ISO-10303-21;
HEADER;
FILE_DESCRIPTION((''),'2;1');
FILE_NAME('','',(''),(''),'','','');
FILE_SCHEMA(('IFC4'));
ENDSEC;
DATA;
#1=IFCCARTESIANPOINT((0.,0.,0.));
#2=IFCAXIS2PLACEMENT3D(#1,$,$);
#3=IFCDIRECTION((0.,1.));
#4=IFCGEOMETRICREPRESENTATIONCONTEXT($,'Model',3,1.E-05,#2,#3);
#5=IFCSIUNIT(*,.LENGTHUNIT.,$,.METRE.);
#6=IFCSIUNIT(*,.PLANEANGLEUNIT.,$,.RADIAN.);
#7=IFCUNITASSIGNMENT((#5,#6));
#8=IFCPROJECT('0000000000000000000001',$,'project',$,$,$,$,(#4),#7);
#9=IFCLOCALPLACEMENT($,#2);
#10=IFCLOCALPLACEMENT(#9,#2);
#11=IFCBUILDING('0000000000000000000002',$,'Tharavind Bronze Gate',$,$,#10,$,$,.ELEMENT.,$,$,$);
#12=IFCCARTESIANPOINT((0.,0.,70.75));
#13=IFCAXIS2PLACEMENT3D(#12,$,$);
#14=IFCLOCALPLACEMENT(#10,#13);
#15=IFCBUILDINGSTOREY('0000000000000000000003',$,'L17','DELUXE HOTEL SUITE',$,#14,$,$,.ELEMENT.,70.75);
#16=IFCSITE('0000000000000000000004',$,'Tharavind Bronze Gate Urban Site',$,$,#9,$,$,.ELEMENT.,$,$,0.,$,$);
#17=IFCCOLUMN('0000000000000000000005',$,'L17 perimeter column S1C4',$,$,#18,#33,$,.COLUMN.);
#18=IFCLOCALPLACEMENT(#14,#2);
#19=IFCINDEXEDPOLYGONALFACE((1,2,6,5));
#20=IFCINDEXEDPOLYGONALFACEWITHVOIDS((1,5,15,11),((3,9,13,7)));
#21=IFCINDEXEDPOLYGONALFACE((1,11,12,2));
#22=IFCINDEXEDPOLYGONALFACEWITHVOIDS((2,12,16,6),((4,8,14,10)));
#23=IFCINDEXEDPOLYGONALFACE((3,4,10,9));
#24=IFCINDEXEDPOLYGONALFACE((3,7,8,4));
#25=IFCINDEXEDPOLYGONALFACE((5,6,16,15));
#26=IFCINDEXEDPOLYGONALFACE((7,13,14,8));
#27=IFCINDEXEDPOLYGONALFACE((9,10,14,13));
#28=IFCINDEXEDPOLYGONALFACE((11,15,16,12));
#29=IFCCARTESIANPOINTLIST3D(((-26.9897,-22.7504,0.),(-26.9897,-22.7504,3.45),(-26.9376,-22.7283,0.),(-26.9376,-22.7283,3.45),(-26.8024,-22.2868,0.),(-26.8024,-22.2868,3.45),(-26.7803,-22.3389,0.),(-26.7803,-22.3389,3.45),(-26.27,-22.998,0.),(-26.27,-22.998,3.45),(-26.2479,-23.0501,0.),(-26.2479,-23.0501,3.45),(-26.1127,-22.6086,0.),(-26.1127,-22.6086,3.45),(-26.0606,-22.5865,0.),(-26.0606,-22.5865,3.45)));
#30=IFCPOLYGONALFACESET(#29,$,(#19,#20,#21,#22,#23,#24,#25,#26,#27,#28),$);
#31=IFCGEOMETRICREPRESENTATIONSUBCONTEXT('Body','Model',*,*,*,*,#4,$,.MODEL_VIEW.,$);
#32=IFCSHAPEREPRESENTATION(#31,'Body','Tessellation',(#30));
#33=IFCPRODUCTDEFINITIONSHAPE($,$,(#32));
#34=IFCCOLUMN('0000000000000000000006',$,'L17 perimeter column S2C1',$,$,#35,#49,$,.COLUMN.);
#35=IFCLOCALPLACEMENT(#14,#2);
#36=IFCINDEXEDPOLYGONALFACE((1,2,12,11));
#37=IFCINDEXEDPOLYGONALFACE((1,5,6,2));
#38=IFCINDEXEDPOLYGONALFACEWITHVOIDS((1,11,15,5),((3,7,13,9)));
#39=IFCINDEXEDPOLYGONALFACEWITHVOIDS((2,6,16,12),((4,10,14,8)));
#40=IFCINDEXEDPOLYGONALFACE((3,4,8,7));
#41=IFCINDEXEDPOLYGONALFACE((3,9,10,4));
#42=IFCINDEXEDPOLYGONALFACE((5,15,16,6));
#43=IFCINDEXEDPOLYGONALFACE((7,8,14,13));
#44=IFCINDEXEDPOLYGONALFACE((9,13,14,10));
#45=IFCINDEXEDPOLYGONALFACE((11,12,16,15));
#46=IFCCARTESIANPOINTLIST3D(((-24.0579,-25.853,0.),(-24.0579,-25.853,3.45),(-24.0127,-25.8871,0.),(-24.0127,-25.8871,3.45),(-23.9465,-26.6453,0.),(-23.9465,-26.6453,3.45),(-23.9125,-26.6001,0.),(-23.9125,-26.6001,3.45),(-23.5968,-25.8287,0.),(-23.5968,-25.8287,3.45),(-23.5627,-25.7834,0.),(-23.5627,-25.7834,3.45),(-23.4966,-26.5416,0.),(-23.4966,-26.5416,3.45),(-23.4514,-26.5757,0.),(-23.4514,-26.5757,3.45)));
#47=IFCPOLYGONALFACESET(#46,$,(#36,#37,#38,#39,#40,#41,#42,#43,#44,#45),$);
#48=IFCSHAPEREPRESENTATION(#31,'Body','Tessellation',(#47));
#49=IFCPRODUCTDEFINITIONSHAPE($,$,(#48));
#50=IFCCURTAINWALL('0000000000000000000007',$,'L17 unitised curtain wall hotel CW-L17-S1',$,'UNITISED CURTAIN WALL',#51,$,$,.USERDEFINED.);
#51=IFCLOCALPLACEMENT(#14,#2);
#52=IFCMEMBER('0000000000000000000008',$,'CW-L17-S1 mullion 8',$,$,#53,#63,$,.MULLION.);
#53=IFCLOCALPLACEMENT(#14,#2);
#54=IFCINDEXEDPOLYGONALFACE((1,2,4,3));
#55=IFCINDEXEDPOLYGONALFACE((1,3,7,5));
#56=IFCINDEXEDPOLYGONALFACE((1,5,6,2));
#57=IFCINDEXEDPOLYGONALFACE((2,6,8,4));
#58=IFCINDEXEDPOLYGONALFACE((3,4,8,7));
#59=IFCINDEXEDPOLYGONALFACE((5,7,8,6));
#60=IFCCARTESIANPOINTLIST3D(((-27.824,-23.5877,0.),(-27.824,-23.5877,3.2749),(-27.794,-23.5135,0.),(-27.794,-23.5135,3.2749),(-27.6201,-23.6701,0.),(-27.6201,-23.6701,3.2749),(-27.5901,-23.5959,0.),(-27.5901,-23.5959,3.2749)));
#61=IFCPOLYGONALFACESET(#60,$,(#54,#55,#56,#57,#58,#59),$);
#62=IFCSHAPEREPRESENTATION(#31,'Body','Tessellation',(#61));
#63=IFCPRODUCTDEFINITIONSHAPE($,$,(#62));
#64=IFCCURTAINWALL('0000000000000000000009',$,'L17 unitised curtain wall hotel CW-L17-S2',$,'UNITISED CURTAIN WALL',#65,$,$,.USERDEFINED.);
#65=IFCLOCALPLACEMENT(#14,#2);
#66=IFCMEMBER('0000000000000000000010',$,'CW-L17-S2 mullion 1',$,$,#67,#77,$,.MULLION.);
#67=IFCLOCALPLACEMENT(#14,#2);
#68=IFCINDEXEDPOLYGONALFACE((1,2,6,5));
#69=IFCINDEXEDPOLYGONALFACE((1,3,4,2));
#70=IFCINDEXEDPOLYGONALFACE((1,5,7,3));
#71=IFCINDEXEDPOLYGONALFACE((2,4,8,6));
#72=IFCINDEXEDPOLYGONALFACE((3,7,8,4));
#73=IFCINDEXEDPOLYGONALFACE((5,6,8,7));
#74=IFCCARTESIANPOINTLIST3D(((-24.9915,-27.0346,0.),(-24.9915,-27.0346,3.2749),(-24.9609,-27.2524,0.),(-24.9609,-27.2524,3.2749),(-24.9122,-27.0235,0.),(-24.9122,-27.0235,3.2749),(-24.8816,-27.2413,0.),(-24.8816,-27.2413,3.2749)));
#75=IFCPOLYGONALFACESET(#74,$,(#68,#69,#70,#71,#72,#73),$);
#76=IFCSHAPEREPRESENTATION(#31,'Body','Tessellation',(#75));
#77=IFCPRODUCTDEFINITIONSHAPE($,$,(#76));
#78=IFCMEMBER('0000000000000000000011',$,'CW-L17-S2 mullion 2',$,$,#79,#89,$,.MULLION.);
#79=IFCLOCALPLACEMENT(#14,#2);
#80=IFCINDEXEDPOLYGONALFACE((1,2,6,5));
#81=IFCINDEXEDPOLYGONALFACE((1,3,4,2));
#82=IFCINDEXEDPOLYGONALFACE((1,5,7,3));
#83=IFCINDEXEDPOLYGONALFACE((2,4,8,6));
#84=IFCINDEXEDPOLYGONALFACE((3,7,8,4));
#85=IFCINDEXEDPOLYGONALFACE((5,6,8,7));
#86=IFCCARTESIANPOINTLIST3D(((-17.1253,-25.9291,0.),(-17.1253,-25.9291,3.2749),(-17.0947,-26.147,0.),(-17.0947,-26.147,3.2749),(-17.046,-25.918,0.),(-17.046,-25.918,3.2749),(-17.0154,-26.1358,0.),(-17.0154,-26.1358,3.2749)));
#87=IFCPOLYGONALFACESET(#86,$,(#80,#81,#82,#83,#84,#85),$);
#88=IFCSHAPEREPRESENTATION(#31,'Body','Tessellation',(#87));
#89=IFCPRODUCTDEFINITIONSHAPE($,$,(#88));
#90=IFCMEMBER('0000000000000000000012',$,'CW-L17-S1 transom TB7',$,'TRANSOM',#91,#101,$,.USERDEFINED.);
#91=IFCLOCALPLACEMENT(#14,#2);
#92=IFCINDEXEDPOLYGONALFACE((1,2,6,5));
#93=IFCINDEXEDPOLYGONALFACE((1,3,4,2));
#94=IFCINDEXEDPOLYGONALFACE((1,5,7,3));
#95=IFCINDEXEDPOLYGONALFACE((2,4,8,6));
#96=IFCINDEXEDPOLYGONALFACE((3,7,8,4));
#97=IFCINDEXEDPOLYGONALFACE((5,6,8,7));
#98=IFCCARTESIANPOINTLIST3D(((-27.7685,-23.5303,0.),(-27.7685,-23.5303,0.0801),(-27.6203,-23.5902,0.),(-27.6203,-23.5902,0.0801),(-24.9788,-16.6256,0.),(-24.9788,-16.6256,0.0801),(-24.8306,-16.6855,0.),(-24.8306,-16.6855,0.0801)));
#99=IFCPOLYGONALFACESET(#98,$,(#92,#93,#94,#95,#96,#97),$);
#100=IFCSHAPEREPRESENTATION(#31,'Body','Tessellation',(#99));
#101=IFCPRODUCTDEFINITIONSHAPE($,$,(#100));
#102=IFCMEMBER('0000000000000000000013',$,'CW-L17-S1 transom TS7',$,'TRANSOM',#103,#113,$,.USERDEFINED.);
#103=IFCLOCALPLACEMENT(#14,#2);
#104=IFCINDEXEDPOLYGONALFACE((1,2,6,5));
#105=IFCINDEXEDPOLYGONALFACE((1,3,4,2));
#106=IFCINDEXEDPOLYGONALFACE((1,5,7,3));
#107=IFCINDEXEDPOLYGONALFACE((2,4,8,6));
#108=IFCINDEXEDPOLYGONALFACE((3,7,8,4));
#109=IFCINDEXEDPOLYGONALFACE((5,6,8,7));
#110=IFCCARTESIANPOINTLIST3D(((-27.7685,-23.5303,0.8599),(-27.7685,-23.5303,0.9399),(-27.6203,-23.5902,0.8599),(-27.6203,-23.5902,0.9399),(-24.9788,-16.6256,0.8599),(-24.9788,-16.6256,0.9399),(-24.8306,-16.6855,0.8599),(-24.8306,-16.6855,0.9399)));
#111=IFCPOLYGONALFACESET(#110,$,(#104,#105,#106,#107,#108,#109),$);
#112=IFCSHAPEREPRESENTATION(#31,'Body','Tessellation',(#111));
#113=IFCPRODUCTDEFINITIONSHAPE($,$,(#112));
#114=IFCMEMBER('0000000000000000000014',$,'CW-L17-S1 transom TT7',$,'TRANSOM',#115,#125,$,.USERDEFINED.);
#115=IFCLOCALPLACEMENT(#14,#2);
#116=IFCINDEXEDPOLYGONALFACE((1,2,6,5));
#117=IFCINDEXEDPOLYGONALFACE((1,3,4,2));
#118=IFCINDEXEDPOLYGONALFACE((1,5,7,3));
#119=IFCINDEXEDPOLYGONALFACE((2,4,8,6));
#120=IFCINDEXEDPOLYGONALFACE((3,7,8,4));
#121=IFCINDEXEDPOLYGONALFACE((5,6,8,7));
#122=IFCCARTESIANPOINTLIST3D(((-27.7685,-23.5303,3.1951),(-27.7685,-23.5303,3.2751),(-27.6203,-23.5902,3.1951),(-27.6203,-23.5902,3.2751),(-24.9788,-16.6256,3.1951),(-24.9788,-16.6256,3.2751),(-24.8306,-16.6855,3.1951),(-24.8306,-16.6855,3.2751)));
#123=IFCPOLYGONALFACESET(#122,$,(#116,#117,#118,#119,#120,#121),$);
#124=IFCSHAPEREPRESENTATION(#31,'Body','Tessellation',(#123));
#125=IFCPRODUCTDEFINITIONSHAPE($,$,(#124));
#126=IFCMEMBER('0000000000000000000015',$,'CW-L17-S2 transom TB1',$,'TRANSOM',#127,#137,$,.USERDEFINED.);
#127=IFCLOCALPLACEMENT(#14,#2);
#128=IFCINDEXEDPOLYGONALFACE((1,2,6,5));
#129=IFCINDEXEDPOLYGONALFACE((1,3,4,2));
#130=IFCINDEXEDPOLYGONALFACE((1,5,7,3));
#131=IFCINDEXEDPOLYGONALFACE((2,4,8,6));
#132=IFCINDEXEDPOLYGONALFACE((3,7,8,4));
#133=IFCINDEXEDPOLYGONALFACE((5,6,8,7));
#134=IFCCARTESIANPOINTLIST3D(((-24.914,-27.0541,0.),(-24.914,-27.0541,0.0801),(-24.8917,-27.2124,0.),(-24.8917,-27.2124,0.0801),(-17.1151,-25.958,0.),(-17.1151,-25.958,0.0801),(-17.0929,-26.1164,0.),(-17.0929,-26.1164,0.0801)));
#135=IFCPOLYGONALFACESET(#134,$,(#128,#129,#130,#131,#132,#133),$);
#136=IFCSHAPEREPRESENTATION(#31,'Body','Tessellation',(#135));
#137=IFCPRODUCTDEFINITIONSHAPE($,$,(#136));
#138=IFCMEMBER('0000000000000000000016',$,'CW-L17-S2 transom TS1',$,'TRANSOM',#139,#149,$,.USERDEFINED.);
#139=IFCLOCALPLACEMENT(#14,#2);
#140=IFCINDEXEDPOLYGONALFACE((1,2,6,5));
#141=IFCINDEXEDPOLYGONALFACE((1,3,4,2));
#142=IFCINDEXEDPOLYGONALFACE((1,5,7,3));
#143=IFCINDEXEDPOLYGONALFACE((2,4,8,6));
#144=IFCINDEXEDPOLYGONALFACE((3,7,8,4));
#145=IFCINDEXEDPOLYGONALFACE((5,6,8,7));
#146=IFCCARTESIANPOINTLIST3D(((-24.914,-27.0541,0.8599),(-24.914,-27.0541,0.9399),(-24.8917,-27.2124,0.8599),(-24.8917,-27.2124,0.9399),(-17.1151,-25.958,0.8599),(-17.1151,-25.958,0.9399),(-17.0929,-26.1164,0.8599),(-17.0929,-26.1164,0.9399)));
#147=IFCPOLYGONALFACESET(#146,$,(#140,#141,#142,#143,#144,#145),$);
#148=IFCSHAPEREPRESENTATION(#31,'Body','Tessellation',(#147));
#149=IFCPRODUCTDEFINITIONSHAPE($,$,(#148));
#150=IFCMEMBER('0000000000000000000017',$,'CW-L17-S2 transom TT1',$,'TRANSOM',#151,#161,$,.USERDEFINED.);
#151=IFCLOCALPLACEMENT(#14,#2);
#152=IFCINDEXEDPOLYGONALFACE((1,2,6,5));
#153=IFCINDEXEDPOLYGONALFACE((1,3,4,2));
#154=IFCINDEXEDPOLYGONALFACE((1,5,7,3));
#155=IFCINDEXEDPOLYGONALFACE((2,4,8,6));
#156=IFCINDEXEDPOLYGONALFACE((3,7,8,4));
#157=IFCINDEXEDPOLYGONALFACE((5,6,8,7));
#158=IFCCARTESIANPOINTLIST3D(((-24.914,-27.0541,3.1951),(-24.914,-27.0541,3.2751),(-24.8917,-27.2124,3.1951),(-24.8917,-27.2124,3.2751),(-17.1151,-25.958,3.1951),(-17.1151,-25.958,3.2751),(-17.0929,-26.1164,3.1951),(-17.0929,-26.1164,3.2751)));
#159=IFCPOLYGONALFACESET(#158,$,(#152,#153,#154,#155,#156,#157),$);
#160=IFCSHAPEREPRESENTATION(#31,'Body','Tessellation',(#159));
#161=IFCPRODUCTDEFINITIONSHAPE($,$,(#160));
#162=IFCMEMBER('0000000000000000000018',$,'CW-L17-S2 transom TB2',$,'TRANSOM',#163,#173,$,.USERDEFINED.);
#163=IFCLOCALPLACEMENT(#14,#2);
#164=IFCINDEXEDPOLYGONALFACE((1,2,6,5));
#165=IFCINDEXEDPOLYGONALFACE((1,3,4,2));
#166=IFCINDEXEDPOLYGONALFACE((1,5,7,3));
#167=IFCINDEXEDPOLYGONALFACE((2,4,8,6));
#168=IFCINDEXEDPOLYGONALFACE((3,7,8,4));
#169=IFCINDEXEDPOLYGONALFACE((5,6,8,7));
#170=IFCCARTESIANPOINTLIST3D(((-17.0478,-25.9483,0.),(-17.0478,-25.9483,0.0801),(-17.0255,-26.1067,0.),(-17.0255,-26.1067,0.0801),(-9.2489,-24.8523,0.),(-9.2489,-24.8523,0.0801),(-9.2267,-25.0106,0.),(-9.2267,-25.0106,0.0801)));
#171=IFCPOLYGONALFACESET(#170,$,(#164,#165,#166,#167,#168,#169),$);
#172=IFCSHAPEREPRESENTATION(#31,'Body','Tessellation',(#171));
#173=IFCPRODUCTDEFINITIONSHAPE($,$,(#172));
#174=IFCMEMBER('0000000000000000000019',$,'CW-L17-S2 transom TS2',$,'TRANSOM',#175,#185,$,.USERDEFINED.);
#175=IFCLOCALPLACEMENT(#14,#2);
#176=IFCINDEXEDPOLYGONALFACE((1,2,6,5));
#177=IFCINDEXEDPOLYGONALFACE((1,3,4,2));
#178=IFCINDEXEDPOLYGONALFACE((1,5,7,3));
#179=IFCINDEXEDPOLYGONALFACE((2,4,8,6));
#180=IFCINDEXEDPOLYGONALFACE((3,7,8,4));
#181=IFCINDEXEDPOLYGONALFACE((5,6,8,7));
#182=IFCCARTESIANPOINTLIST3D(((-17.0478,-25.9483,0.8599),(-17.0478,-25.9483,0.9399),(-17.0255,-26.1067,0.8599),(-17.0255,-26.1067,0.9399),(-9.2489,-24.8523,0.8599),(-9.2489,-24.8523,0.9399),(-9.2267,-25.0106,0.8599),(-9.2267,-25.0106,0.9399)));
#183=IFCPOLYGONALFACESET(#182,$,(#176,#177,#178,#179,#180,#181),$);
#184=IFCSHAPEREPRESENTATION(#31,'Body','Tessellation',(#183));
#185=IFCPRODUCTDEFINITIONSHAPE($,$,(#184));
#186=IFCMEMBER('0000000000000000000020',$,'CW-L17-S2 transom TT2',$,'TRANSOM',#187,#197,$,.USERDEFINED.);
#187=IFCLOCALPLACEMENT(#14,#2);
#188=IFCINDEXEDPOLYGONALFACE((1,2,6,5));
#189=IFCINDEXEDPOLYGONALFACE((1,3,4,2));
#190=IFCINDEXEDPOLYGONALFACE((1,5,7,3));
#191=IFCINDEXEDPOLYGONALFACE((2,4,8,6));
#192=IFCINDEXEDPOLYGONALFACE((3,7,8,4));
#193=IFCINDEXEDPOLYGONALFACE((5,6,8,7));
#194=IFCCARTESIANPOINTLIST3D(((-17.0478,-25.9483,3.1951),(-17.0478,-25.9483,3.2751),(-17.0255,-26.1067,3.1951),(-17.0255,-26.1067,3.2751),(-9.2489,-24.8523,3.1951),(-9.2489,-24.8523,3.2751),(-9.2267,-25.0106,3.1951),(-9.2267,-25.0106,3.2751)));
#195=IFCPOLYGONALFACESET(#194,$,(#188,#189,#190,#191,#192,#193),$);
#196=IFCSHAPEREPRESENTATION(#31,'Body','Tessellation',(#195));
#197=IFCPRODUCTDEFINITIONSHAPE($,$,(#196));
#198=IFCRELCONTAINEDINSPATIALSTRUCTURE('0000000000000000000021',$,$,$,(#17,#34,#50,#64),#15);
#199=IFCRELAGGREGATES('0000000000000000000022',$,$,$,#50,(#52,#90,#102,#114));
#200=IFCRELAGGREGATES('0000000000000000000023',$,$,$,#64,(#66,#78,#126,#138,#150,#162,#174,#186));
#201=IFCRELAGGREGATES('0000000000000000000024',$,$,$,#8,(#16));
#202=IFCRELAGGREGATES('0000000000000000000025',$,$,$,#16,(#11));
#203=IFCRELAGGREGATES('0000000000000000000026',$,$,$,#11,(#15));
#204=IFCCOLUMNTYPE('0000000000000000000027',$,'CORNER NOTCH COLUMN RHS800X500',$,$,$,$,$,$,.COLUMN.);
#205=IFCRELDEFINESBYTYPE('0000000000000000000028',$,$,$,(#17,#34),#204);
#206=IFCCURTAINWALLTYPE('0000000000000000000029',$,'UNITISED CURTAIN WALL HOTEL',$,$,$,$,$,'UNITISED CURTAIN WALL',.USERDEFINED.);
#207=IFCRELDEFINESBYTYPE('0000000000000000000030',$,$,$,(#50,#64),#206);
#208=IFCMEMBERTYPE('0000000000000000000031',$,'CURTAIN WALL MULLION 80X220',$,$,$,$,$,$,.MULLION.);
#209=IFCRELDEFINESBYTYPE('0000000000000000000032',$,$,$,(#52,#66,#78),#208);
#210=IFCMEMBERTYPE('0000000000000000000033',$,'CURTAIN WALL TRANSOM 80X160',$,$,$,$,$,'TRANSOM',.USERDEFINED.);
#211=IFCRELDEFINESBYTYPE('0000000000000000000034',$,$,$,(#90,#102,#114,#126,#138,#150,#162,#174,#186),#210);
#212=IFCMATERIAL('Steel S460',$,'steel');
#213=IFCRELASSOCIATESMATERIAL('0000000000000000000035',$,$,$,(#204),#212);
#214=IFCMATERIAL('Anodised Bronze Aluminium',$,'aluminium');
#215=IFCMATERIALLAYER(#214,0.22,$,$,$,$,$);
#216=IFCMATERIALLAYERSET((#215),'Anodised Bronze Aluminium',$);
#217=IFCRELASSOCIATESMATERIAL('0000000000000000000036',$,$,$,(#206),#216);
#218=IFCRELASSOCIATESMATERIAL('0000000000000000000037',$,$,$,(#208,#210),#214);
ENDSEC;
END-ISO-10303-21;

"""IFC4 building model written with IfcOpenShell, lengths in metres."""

from ifc_helpers import new_model, si_unit, direction, frame, origin, origin_2d, place, context, subcontext, project, spatial, rectangle, hollow_rectangle, extrude, material, layer, layer_set, material_profile, profile_set, type_object, element, aggregate, save


model = new_model("IFC4")

# Units and contexts
model_context = context("Model", 3, precision=1e-05, world=origin(), true_north=direction((0.0, 1.0)))
body_context = subcontext(model_context, "Body", "Model", "MODEL_VIEW")
ifc_project = project(units=[si_unit("LENGTHUNIT", "METRE"), si_unit("PLANEANGLEUNIT", "RADIAN")], contexts=[model_context])

# Site, building, storey
site_placement = place(None, origin())
site = spatial("IfcSite", under=ifc_project, at=site_placement, Name="Tharavind Bronze Gate Urban Site", CompositionType="ELEMENT", RefElevation=0.0)
building_placement = place(site_placement, origin())
building = spatial("IfcBuilding", under=site, at=building_placement, Name="Tharavind Bronze Gate", CompositionType="ELEMENT")
storey_placement = place(building_placement, frame((0.0, 0.0, 70.75)))
storey = spatial("IfcBuildingStorey", under=building, at=storey_placement, Name="L17", Description="DELUXE HOTEL SUITE", CompositionType="ELEMENT", Elevation=70.75)

# Columns
ifc_material_1 = material(Name="Steel S460", Category="steel")
ifc_material_profile_1 = material_profile(ifc_material_1, hollow_rectangle(XDim=0.5, YDim=0.8, WallThickness=0.04, at=origin_2d()), Name="RHS800X500X40")
ifc_profile_set_1 = profile_set([ifc_material_profile_1], Name="Steel S460")
column_type = type_object("IfcColumnType", Name="CORNER NOTCH COLUMN RHS800X500", PredefinedType="COLUMN", material=ifc_profile_set_1)
for number, where, z_axis, x_axis, name in (
    (1, (-26.5251, -22.6685, 0.0), (0.0, 0.0, 1.0), (0.374608, 0.927183, 0.0), "L17 perimeter column S1C4"),
    (2, (-23.7546, -26.2144, 0.0), (0.0, 0.0, 1.0), (0.990268, 0.139173, 0.0), "L17 perimeter column S2C1"),
):
    element("IfcColumn", number, at=place(storey_placement, frame(where, z_axis=z_axis, x_axis=x_axis)), inside=storey, type_object=column_type, Name=name, PredefinedType="COLUMN", context=body_context, shape_type="SweptSolid", body=[
        extrude(hollow_rectangle(XDim=0.5, YDim=0.8, WallThickness=0.04, at=origin_2d()), origin(), (0.0, 0.0, 1.0), 3.45),
    ])

# Curtain wall, member
ifc_material_2 = material(Name="Anodised Bronze Aluminium", Category="aluminium")
ifc_layer_1 = layer(ifc_material_2, 0.22)
ifc_layer_set_1 = layer_set([ifc_layer_1], Name="Anodised Bronze Aluminium")
curtain_wall_type = type_object("IfcCurtainWallType", Name="UNITISED CURTAIN WALL HOTEL", ElementType="UNITISED CURTAIN WALL", PredefinedType="USERDEFINED", material=ifc_layer_set_1)
curtain_wall_1_placement = place(storey_placement, origin())
curtain_wall_1 = element("IfcCurtainWall", 3, at=curtain_wall_1_placement, inside=storey, type_object=curtain_wall_type, Name="L17 unitised curtain wall hotel CW-L17-S1", ObjectType="UNITISED CURTAIN WALL", PredefinedType="USERDEFINED")
member_type_1 = type_object("IfcMemberType", Name="CURTAIN WALL MULLION 80X220", PredefinedType="MULLION", material=ifc_material_2)
member_1_placement = place(storey_placement, frame((-27.707, -23.5918, 0.0), z_axis=(0.0, 0.0, 1.0), x_axis=(-0.374607, -0.927184, 0.0)))
member_1 = element("IfcMember", 4, at=member_1_placement, type_object=member_type_1, Name="CW-L17-S1 mullion 8", PredefinedType="MULLION", context=body_context, shape_type="SweptSolid", body=[
    extrude(rectangle(XDim=0.0801, YDim=0.22, at=origin_2d()), origin(), (0.0, 0.0, 1.0), 3.2749),
])

# Curtain wall, members
curtain_wall_2_placement = place(storey_placement, origin())
curtain_wall_2 = element("IfcCurtainWall", 5, at=curtain_wall_2_placement, inside=storey, type_object=curtain_wall_type, Name="L17 unitised curtain wall hotel CW-L17-S2", ObjectType="UNITISED CURTAIN WALL", PredefinedType="USERDEFINED")
member_2_placement = place(storey_placement, frame((-24.9365, -27.1379, 0.0), z_axis=(0.0, 0.0, 1.0), x_axis=(0.990268, 0.139173, 0.0)))
member_2 = element("IfcMember", 6, at=member_2_placement, type_object=member_type_1, Name="CW-L17-S2 mullion 1", PredefinedType="MULLION", context=body_context, shape_type="SweptSolid", body=[
    extrude(rectangle(XDim=0.0801, YDim=0.22, at=origin_2d()), origin(), (0.0, 0.0, 1.0), 3.2749),
])
member_3_placement = place(storey_placement, frame((-17.0703, -26.0325, 0.0), z_axis=(0.0, 0.0, 1.0), x_axis=(0.990268, 0.139173, 0.0)))
member_3 = element("IfcMember", 7, at=member_3_placement, type_object=member_type_1, Name="CW-L17-S2 mullion 2", PredefinedType="MULLION", context=body_context, shape_type="SweptSolid", body=[
    extrude(rectangle(XDim=0.0801, YDim=0.22, at=origin_2d()), origin(), (0.0, 0.0, 1.0), 3.2749),
])

# Members
member_type_2 = type_object("IfcMemberType", Name="CURTAIN WALL TRANSOM 80X160", ElementType="TRANSOM", PredefinedType="USERDEFINED", material=ifc_material_2)
member_4_placement = place(storey_placement, frame((-26.2996, -20.1079, 0.0), z_axis=(0.0, 0.0, 1.0), x_axis=(-0.374607, -0.927184, 0.0)))
member_4 = element("IfcMember", 8, at=member_4_placement, type_object=member_type_2, Name="CW-L17-S1 transom TB7", ObjectType="TRANSOM", PredefinedType="USERDEFINED", context=body_context, shape_type="SweptSolid", body=[
    extrude(rectangle(XDim=7.447, YDim=0.1599, at=origin_2d()), origin(), (0.0, 0.0, 1.0), 0.0801),
])
member_5_placement = place(storey_placement, frame((-26.2996, -20.1079, 0.8599), z_axis=(0.0, 0.0, 1.0), x_axis=(-0.374607, -0.927184, 0.0)))
member_5 = element("IfcMember", 9, at=member_5_placement, type_object=member_type_2, Name="CW-L17-S1 transom TS7", ObjectType="TRANSOM", PredefinedType="USERDEFINED", context=body_context, shape_type="SweptSolid", body=[
    extrude(rectangle(XDim=7.447, YDim=0.1599, at=origin_2d()), origin(), (0.0, 0.0, 1.0), 0.0801),
])
member_6_placement = place(storey_placement, frame((-26.2996, -20.1079, 3.1951), z_axis=(0.0, 0.0, 1.0), x_axis=(-0.374607, -0.927184, 0.0)))
member_6 = element("IfcMember", 10, at=member_6_placement, type_object=member_type_2, Name="CW-L17-S1 transom TT7", ObjectType="TRANSOM", PredefinedType="USERDEFINED", context=body_context, shape_type="SweptSolid", body=[
    extrude(rectangle(XDim=7.447, YDim=0.1599, at=origin_2d()), origin(), (0.0, 0.0, 1.0), 0.0801),
])
aggregate(curtain_wall_1, [member_1, member_4, member_5, member_6])
member_7_placement = place(storey_placement, frame((-21.0034, -26.5852, 0.0), z_axis=(0.0, 0.0, 1.0), x_axis=(0.990268, 0.139173, 0.0)))
member_7 = element("IfcMember", 11, at=member_7_placement, type_object=member_type_2, Name="CW-L17-S2 transom TB1", ObjectType="TRANSOM", PredefinedType="USERDEFINED", context=body_context, shape_type="SweptSolid", body=[
    extrude(rectangle(XDim=7.8755, YDim=0.1599, at=origin_2d()), origin(), (0.0, 0.0, 1.0), 0.0801),
])
member_8_placement = place(storey_placement, frame((-21.0034, -26.5852, 0.8599), z_axis=(0.0, 0.0, 1.0), x_axis=(0.990268, 0.139173, 0.0)))
member_8 = element("IfcMember", 12, at=member_8_placement, type_object=member_type_2, Name="CW-L17-S2 transom TS1", ObjectType="TRANSOM", PredefinedType="USERDEFINED", context=body_context, shape_type="SweptSolid", body=[
    extrude(rectangle(XDim=7.8755, YDim=0.1599, at=origin_2d()), origin(), (0.0, 0.0, 1.0), 0.0801),
])
member_9_placement = place(storey_placement, frame((-21.0034, -26.5852, 3.1951), z_axis=(0.0, 0.0, 1.0), x_axis=(0.990268, 0.139173, 0.0)))
member_9 = element("IfcMember", 13, at=member_9_placement, type_object=member_type_2, Name="CW-L17-S2 transom TT1", ObjectType="TRANSOM", PredefinedType="USERDEFINED", context=body_context, shape_type="SweptSolid", body=[
    extrude(rectangle(XDim=7.8755, YDim=0.1599, at=origin_2d()), origin(), (0.0, 0.0, 1.0), 0.0801),
])
member_10_placement = place(storey_placement, frame((-13.1372, -25.4795, 0.0), z_axis=(0.0, 0.0, 1.0), x_axis=(0.990268, 0.139173, 0.0)))
member_10 = element("IfcMember", 14, at=member_10_placement, type_object=member_type_2, Name="CW-L17-S2 transom TB2", ObjectType="TRANSOM", PredefinedType="USERDEFINED", context=body_context, shape_type="SweptSolid", body=[
    extrude(rectangle(XDim=7.8755, YDim=0.1599, at=origin_2d()), origin(), (0.0, 0.0, 1.0), 0.0801),
])
member_11_placement = place(storey_placement, frame((-13.1372, -25.4795, 0.8599), z_axis=(0.0, 0.0, 1.0), x_axis=(0.990268, 0.139173, 0.0)))
member_11 = element("IfcMember", 15, at=member_11_placement, type_object=member_type_2, Name="CW-L17-S2 transom TS2", ObjectType="TRANSOM", PredefinedType="USERDEFINED", context=body_context, shape_type="SweptSolid", body=[
    extrude(rectangle(XDim=7.8755, YDim=0.1599, at=origin_2d()), origin(), (0.0, 0.0, 1.0), 0.0801),
])
member_12_placement = place(storey_placement, frame((-13.1372, -25.4795, 3.1951), z_axis=(0.0, 0.0, 1.0), x_axis=(0.990268, 0.139173, 0.0)))
member_12 = element("IfcMember", 16, at=member_12_placement, type_object=member_type_2, Name="CW-L17-S2 transom TT2", ObjectType="TRANSOM", PredefinedType="USERDEFINED", context=body_context, shape_type="SweptSolid", body=[
    extrude(rectangle(XDim=7.8755, YDim=0.1599, at=origin_2d()), origin(), (0.0, 0.0, 1.0), 0.0801),
])

aggregate(curtain_wall_2, [member_2, member_3, member_7, member_8, member_9, member_10, member_11, member_12])

save(model, "model.ifc")
